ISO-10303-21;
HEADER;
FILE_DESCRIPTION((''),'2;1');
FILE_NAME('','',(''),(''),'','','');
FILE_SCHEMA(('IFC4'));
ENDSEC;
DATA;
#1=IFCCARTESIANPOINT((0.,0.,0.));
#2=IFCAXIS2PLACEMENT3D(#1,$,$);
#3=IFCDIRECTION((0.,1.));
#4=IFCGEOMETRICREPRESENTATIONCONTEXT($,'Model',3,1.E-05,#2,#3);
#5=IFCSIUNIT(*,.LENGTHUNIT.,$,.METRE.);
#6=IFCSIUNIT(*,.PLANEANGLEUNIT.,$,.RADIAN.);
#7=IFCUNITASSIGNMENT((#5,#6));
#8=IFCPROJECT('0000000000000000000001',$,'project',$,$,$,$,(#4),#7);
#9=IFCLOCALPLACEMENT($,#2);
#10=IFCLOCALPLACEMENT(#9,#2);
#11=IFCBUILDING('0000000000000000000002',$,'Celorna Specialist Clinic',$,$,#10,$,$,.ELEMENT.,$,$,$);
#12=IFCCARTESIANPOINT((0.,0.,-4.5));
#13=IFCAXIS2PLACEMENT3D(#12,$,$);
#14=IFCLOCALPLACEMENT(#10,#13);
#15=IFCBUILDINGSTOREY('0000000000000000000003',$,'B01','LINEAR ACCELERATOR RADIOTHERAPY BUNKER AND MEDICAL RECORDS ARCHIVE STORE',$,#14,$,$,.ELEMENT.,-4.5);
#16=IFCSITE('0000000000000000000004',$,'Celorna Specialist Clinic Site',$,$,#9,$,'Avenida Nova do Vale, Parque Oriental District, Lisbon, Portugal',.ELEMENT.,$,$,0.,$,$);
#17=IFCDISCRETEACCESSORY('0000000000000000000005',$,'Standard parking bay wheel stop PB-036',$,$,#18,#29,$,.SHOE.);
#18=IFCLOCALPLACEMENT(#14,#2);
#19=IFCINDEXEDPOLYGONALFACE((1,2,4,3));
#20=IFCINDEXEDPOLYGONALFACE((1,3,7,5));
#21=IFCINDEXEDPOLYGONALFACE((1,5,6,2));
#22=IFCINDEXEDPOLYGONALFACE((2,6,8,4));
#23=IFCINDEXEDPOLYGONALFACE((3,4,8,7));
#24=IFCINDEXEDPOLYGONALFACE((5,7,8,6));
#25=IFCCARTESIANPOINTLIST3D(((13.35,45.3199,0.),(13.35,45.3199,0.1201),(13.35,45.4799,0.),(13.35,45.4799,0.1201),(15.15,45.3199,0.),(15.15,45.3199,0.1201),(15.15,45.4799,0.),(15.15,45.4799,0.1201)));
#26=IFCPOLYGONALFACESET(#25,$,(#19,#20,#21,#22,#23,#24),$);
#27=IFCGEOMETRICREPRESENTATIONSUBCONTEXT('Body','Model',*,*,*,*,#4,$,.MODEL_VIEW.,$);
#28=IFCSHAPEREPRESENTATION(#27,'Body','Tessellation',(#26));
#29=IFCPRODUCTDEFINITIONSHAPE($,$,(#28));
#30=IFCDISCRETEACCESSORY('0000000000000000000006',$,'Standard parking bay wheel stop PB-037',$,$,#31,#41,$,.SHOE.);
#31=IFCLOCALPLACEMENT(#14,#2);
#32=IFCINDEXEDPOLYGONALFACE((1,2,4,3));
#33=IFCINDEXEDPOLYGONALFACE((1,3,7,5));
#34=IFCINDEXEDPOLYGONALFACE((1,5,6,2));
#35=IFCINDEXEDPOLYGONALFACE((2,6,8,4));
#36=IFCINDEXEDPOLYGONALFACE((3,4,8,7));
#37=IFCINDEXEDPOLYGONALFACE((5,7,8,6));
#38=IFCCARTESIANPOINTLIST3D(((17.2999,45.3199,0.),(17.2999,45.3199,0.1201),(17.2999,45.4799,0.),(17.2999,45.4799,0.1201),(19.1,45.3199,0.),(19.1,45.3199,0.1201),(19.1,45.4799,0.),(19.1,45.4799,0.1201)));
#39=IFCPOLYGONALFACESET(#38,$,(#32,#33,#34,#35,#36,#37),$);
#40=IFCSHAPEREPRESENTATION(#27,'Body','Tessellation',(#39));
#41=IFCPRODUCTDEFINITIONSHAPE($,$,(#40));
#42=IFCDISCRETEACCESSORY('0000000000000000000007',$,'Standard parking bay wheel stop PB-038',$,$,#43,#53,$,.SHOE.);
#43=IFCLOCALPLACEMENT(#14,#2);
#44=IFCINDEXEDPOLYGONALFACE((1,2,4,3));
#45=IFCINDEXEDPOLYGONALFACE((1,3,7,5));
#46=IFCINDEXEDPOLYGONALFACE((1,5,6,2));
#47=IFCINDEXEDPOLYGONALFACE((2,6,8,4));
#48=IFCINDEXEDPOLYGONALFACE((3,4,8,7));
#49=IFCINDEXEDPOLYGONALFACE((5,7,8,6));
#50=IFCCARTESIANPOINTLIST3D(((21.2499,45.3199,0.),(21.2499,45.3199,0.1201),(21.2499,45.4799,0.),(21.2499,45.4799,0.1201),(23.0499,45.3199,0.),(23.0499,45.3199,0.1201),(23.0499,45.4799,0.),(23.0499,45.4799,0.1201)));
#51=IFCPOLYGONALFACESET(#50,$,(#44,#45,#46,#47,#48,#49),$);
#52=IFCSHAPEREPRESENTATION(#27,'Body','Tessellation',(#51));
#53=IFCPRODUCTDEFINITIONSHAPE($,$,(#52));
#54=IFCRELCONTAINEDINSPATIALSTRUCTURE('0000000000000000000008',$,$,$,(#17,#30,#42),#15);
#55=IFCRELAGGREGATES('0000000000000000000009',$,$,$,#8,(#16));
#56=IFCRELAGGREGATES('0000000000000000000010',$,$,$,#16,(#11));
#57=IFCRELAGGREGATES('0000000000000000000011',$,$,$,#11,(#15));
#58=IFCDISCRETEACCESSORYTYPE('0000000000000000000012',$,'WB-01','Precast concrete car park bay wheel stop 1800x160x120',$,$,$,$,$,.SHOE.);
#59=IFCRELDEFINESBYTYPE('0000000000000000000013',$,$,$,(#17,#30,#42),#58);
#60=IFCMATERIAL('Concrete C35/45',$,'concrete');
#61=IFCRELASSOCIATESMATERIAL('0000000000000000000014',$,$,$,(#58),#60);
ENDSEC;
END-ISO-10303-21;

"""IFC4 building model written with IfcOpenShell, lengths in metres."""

from ifc_helpers import new_model, si_unit, direction, frame, origin, origin_2d, place, context, subcontext, project, spatial, rectangle, extrude, material, type_object, element, save


model = new_model("IFC4")

# Units and contexts
model_context = context("Model", 3, precision=1e-05, world=origin(), true_north=direction((0.0, 1.0)))
body_context = subcontext(model_context, "Body", "Model", "MODEL_VIEW")
ifc_project = project(units=[si_unit("LENGTHUNIT", "METRE"), si_unit("PLANEANGLEUNIT", "RADIAN")], contexts=[model_context])

# Site, building, storey
site_placement = place(None, origin())
site = spatial("IfcSite", under=ifc_project, at=site_placement, Name="Celorna Specialist Clinic Site", LongName="Avenida Nova do Vale, Parque Oriental District, Lisbon, Portugal", CompositionType="ELEMENT", RefElevation=0.0)
building_placement = place(site_placement, origin())
building = spatial("IfcBuilding", under=site, at=building_placement, Name="Celorna Specialist Clinic", CompositionType="ELEMENT")
storey_placement = place(building_placement, frame((0.0, 0.0, -4.5)))
storey = spatial("IfcBuildingStorey", under=building, at=storey_placement, Name="B01", Description="LINEAR ACCELERATOR RADIOTHERAPY BUNKER AND MEDICAL RECORDS ARCHIVE STORE", CompositionType="ELEMENT", Elevation=-4.5)

# Shared definitions
ifc_material_1 = material(Name="Concrete C35/45", Category="concrete")

# Discrete accessories
discrete_accessory_type = type_object("IfcDiscreteAccessoryType", Name="WB-01", Description="Precast concrete car park bay wheel stop 1800x160x120", PredefinedType="SHOE", material=ifc_material_1)
for number, where, z_axis, x_axis, name in (
    (1, (14.25, 45.3999, 0.0), (0.0, 0.0, 1.0), (1.0, 0.0, 0.0), "Standard parking bay wheel stop PB-036"),
    (2, (18.2, 45.3999, 0.0), (0.0, 0.0, 1.0), (1.0, 0.0, 0.0), "Standard parking bay wheel stop PB-037"),
    (3, (22.1499, 45.3999, 0.0), (0.0, 0.0, 1.0), (1.0, 0.0, 0.0), "Standard parking bay wheel stop PB-038"),
):
    element("IfcDiscreteAccessory", number, at=place(storey_placement, frame(where, z_axis=z_axis, x_axis=x_axis)), inside=storey, type_object=discrete_accessory_type, Name=name, PredefinedType="SHOE", context=body_context, shape_type="SweptSolid", body=[
        extrude(rectangle(XDim=1.8, YDim=0.1599, at=origin_2d()), origin(), (0.0, 0.0, 1.0), 0.1201),
    ])

save(model, "model.ifc")
